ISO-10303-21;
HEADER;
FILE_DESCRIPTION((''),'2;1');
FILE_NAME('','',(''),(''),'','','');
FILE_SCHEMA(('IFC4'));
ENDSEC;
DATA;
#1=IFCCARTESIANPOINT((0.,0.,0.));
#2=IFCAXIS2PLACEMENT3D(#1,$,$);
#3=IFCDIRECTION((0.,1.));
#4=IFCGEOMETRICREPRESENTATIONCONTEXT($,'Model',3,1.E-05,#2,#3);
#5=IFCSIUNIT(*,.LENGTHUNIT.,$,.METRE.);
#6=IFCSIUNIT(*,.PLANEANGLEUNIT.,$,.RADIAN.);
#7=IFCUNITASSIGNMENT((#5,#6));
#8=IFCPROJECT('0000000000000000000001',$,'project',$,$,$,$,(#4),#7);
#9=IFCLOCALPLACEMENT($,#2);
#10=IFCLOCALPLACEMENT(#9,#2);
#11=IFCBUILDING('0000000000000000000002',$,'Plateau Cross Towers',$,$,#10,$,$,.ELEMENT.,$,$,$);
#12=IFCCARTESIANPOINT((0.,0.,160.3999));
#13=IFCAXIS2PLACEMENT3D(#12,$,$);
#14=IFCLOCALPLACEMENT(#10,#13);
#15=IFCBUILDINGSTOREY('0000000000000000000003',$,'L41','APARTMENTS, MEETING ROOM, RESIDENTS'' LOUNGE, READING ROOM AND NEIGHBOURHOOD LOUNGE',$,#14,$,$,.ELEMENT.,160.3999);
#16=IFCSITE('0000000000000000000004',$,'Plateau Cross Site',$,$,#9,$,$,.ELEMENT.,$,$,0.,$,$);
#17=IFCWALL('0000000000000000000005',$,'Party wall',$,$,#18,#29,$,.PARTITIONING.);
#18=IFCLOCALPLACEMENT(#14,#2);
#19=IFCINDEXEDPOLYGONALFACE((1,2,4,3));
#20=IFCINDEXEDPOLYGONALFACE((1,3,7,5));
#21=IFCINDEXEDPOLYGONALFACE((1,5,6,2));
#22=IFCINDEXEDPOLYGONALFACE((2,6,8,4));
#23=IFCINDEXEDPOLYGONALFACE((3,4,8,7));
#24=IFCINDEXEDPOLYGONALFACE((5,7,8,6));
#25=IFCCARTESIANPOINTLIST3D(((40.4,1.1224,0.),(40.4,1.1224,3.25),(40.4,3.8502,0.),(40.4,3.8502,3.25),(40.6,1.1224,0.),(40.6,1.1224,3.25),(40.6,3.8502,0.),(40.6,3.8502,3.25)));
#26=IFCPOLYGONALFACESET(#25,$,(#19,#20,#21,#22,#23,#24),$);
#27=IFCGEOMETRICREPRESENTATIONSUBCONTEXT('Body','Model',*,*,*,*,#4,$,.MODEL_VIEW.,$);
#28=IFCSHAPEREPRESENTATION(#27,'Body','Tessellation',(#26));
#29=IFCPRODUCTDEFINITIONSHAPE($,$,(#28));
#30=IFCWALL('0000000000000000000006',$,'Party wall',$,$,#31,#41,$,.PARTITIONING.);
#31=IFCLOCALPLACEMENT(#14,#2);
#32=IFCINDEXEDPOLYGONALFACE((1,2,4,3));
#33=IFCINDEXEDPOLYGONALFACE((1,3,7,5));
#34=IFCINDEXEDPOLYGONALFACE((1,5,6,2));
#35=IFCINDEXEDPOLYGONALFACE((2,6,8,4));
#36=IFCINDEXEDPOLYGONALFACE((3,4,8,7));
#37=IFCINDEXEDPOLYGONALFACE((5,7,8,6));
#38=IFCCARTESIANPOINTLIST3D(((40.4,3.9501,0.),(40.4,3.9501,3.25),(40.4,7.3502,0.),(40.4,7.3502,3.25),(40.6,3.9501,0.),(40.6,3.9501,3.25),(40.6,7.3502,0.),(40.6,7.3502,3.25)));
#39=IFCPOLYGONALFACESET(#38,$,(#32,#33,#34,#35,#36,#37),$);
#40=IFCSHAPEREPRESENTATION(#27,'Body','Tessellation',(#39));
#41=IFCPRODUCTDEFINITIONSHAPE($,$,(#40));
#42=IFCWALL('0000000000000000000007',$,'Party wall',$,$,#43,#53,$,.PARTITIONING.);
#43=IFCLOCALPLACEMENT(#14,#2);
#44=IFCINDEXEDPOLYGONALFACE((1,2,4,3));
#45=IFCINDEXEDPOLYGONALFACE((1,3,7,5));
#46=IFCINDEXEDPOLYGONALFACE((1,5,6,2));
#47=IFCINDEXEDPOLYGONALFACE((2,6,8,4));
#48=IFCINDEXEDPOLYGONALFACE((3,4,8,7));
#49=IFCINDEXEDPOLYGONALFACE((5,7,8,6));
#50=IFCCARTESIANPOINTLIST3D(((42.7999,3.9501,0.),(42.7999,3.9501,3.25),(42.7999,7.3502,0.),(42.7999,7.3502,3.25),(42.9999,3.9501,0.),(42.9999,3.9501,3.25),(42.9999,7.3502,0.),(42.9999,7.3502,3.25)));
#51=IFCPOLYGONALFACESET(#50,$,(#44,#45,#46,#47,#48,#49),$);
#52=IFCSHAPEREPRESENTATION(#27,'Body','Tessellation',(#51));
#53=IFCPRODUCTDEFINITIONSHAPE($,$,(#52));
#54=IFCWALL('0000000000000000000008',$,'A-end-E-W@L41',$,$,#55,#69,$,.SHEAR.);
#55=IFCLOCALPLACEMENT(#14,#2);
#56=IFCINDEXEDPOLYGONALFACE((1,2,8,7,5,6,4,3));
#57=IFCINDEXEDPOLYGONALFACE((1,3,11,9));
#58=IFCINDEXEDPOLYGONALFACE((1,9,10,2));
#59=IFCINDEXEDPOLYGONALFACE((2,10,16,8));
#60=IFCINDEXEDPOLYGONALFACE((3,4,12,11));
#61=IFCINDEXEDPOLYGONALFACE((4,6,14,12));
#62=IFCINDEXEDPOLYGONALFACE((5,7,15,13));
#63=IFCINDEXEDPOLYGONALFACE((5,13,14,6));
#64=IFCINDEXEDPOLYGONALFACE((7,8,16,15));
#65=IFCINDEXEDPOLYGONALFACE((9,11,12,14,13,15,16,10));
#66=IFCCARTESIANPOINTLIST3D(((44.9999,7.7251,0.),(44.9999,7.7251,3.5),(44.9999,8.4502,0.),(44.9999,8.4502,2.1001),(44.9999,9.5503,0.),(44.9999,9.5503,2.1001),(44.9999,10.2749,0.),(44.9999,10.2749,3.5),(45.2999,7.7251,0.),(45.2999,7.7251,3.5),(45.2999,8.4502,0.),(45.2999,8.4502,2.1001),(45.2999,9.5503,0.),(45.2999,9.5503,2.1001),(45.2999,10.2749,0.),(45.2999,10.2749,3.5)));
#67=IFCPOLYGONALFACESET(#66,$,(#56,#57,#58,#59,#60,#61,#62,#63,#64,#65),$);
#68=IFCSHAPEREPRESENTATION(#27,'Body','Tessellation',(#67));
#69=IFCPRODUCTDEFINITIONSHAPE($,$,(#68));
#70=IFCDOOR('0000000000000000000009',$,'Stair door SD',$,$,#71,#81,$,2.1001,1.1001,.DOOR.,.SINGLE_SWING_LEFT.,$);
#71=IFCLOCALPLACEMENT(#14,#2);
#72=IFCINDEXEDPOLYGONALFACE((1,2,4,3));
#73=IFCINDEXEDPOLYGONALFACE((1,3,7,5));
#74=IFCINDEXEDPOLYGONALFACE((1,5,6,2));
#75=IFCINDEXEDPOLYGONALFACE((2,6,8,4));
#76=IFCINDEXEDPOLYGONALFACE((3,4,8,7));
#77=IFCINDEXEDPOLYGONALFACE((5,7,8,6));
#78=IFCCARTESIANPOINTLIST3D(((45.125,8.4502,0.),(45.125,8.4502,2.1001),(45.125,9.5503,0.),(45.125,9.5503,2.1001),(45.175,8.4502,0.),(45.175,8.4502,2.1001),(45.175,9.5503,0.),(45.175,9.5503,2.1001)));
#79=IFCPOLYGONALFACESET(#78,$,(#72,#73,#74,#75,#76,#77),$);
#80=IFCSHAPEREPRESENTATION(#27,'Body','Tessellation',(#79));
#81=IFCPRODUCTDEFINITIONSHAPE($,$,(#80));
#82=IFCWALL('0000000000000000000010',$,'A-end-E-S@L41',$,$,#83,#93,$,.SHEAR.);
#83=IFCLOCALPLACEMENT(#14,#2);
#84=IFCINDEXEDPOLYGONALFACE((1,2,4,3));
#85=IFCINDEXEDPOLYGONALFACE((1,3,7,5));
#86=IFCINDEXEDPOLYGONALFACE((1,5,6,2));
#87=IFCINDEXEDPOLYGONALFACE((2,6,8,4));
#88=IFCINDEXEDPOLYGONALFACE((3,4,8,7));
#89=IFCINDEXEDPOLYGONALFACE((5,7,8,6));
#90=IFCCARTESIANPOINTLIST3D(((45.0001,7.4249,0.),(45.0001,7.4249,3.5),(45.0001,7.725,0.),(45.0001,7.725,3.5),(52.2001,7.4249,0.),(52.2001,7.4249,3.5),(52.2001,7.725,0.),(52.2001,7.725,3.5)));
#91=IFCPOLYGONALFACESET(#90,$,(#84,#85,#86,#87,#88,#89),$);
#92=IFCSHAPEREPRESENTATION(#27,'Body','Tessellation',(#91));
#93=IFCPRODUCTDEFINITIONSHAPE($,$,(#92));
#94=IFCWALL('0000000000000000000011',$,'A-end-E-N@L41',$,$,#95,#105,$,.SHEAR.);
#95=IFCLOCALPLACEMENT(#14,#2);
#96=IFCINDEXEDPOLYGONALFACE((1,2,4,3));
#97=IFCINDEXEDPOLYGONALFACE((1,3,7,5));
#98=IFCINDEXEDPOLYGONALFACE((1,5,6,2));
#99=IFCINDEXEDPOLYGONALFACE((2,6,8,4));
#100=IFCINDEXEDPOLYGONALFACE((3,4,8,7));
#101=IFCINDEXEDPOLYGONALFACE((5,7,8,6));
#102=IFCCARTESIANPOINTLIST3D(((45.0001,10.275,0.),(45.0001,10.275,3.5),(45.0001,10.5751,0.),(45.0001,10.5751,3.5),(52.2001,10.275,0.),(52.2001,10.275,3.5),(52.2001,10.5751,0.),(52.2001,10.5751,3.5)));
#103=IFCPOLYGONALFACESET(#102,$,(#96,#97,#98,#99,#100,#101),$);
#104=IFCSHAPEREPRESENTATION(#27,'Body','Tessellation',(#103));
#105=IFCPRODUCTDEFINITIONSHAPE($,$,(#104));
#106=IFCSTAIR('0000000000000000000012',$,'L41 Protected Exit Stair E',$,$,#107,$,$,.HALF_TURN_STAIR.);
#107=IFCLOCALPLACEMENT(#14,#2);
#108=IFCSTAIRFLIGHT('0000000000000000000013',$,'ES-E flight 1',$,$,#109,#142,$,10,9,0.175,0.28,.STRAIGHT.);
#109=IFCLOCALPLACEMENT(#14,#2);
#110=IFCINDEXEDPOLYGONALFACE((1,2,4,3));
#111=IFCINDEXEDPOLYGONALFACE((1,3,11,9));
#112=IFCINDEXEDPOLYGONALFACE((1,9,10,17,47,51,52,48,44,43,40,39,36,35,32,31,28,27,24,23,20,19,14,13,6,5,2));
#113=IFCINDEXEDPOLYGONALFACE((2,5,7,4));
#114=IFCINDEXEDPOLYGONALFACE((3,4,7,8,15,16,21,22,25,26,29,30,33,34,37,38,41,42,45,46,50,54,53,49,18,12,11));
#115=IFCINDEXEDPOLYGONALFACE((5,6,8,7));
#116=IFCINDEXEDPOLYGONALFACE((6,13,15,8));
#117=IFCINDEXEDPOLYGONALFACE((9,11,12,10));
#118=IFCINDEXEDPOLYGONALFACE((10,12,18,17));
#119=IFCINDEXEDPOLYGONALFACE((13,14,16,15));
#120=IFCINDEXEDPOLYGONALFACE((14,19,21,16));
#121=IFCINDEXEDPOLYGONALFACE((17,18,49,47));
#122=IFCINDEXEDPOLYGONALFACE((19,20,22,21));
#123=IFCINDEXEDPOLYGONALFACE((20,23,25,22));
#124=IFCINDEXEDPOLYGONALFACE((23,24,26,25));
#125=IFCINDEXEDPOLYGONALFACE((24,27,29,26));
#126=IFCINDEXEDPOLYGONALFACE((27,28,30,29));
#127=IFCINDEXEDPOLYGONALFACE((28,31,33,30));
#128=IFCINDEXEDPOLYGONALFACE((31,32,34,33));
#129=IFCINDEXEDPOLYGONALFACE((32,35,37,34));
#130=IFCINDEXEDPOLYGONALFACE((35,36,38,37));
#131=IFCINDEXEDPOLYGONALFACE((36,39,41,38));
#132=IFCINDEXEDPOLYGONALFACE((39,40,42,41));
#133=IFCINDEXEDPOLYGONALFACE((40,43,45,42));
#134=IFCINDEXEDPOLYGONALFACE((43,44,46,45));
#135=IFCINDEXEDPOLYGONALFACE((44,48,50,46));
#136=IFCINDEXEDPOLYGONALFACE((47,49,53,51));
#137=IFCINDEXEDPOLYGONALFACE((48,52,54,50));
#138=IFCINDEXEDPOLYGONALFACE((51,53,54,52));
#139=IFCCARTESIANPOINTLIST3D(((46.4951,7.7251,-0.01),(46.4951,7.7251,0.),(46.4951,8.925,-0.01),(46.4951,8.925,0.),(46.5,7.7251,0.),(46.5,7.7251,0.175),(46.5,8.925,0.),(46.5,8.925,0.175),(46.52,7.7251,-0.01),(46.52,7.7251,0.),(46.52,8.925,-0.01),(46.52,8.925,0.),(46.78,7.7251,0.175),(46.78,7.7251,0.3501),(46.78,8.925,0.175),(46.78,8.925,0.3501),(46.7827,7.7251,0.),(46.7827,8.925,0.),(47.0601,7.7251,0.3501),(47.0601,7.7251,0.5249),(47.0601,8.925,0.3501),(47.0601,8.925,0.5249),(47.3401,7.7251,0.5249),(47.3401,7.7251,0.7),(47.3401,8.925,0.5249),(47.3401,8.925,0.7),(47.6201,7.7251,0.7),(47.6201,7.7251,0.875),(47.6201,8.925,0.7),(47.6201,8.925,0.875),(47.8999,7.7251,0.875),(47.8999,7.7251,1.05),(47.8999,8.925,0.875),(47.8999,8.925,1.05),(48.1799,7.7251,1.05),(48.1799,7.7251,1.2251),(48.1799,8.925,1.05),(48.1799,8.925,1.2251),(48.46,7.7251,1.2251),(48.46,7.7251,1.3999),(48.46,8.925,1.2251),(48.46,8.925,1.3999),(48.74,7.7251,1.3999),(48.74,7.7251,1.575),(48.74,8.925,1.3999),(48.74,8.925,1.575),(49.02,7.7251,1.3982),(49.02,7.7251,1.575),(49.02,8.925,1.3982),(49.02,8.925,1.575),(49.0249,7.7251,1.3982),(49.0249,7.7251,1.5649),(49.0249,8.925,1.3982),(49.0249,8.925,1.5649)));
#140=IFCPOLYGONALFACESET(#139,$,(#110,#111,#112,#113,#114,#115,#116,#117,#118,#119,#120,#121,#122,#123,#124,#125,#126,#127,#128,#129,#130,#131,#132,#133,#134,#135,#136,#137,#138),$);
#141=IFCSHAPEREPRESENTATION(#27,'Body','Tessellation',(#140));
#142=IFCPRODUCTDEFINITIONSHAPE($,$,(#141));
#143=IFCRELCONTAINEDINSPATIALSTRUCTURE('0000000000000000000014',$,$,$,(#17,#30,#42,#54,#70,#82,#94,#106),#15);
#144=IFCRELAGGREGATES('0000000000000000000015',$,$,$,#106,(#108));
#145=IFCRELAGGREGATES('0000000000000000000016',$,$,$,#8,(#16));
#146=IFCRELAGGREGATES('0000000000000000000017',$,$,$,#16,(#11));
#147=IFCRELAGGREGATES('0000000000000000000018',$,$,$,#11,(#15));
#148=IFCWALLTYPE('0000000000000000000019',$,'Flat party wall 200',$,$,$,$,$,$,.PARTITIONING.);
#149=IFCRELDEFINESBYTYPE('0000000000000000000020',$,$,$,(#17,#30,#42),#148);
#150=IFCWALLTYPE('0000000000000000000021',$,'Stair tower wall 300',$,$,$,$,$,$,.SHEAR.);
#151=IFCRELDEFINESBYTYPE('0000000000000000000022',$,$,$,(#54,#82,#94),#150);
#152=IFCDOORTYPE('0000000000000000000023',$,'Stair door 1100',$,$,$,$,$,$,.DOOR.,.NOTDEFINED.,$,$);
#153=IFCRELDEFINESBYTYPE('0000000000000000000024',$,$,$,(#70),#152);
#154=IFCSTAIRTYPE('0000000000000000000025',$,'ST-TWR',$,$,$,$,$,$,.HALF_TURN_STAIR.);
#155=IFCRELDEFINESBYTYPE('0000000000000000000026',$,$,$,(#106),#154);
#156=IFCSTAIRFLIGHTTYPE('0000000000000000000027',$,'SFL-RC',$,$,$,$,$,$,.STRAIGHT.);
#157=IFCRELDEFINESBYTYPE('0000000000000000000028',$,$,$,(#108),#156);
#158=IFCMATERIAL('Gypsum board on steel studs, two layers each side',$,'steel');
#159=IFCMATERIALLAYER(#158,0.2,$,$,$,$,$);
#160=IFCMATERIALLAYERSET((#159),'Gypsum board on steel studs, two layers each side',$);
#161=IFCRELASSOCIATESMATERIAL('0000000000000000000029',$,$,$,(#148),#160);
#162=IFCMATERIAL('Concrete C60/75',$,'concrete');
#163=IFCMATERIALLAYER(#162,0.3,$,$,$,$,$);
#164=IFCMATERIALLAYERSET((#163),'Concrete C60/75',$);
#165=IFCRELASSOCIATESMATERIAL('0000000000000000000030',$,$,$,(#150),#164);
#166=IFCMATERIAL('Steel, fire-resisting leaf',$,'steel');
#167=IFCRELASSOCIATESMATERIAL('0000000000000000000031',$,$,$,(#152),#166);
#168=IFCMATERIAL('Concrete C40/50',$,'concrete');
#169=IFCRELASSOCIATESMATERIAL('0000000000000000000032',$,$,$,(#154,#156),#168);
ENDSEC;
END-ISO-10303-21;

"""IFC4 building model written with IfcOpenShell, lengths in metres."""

from ifc_helpers import new_model, si_unit, direction, frame, frame_2d, origin, place, context, subcontext, project, spatial, polyline, rectangle, outline, extrude, material, layer, layer_set, type_object, element, fill, aggregate, save


model = new_model("IFC4")

# Units and contexts
model_context = context("Model", 3, precision=1e-05, world=origin(), true_north=direction((0.0, 1.0)))
body_context = subcontext(model_context, "Body", "Model", "MODEL_VIEW")
ifc_project = project(units=[si_unit("LENGTHUNIT", "METRE"), si_unit("PLANEANGLEUNIT", "RADIAN")], contexts=[model_context])

# Site, building, storey
site_placement = place(None, origin())
site = spatial("IfcSite", under=ifc_project, at=site_placement, Name="Plateau Cross Site", CompositionType="ELEMENT", RefElevation=0.0)
building_placement = place(site_placement, origin())
building = spatial("IfcBuilding", under=site, at=building_placement, Name="Plateau Cross Towers", CompositionType="ELEMENT")
storey_placement = place(building_placement, frame((0.0, 0.0, 160.3999)))
storey = spatial("IfcBuildingStorey", under=building, at=storey_placement, Name="L41", Description="APARTMENTS, MEETING ROOM, RESIDENTS' LOUNGE, READING ROOM AND NEIGHBOURHOOD LOUNGE", CompositionType="ELEMENT", Elevation=160.3999)

# Walls
ifc_material_1 = material(Name="Gypsum board on steel studs, two layers each side", Category="steel")
ifc_layer_1 = layer(ifc_material_1, 0.2)
ifc_layer_set_1 = layer_set([ifc_layer_1], Name="Gypsum board on steel studs, two layers each side")
wall_type_1 = type_object("IfcWallType", Name="Flat party wall 200", PredefinedType="PARTITIONING", material=ifc_layer_set_1)
wall_1_placement = place(storey_placement, frame((40.5, 3.8501, 0.0), z_axis=(0.0, 0.0, 1.0), x_axis=(0.0, -1.0, 0.0)))
element("IfcWall", 1, at=wall_1_placement, inside=storey, type_object=wall_type_1, Name="Party wall", PredefinedType="PARTITIONING", context=body_context, shape_type="SweptSolid", body=[
    extrude(rectangle(XDim=2.7278, YDim=0.2, at=frame_2d((1.3638, 0.0))), origin(), (0.0, 0.0, 1.0), 3.25),
])
for number, where, z_axis, x_axis, name in (
    (2, (40.5, 3.95, 0.0), (0.0, 0.0, 1.0), (0.0, 1.0, 0.0), "Party wall"),
    (3, (42.8999, 3.95, 0.0), (0.0, 0.0, 1.0), (0.0, 1.0, 0.0), "Party wall"),
):
    element("IfcWall", number, at=place(storey_placement, frame(where, z_axis=z_axis, x_axis=x_axis)), inside=storey, type_object=wall_type_1, Name=name, PredefinedType="PARTITIONING", context=body_context, shape_type="SweptSolid", body=[
        extrude(rectangle(XDim=3.4001, YDim=0.2, at=frame_2d((1.7002, 0.0))), origin(), (0.0, 0.0, 1.0), 3.25),
    ])

# Wall, opening, door
ifc_material_2 = material(Name="Concrete C60/75", Category="concrete")
ifc_layer_2 = layer(ifc_material_2, 0.3)
ifc_layer_set_2 = layer_set([ifc_layer_2], Name="Concrete C60/75")
wall_type_2 = type_object("IfcWallType", Name="Stair tower wall 300", PredefinedType="SHEAR", material=ifc_layer_set_2)
wall_2_placement = place(storey_placement, frame((45.1499, 7.7251, 0.0), z_axis=(0.0, 0.0, 1.0), x_axis=(0.0, 1.0, 0.0)))
wall_2 = element("IfcWall", 4, at=wall_2_placement, inside=storey, type_object=wall_type_2, Name="A-end-E-W@L41", PredefinedType="SHEAR", context=body_context, shape_type="SweptSolid", body=[
    extrude(rectangle(XDim=2.5498, YDim=0.3, at=frame_2d((1.2749, 0.0))), origin(), (0.0, 0.0, 1.0), 3.5),
])
opening_1_placement = place(wall_2_placement, frame((0.7251, 0.0, 0.0)))
opening_1 = element("IfcOpeningElement", 5, at=opening_1_placement, cuts=wall_2, PredefinedType="OPENING", context=body_context, shape_type="SweptSolid", body=[
    extrude(rectangle(XDim=1.1001, YDim=2.1001, at=frame_2d((0.55, 1.05))), frame((0.0, 0.1599, 0.0), z_axis=(0.0, -1.0, 0.0), x_axis=(1.0, 0.0, 0.0)), (0.0, 0.0, 1.0), 0.3201),
])
ifc_material_3 = material(Name="Steel, fire-resisting leaf", Category="steel")
door_type_1 = type_object("IfcDoorType", Name="Stair door 1100", OperationType="NOTDEFINED", PredefinedType="DOOR", material=ifc_material_3)
door_1_placement = place(opening_1_placement, origin())
door_1 = element("IfcDoor", 6, at=door_1_placement, inside=storey, type_object=door_type_1, Name="Stair door SD", OperationType="SINGLE_SWING_LEFT", OverallHeight=2.1001, OverallWidth=1.1001, PredefinedType="DOOR", context=body_context, shape_type="SweptSolid", body=[
    extrude(rectangle(XDim=1.1001, YDim=2.1001, at=frame_2d((0.55, 1.05))), frame((0.0, 0.0249, 0.0), z_axis=(0.0, -1.0, 0.0), x_axis=(1.0, 0.0, 0.0)), (0.0, 0.0, 1.0), 0.05),
])
fill(opening_1, door_1)

# Walls
for number, where, z_axis, x_axis, name in (
    (7, (45.0, 7.575, 0.0), (0.0, 0.0, 1.0), (1.0, 0.0, 0.0), "A-end-E-S@L41"),
    (8, (45.0, 10.425, 0.0), (0.0, 0.0, 1.0), (1.0, 0.0, 0.0), "A-end-E-N@L41"),
):
    element("IfcWall", number, at=place(storey_placement, frame(where, z_axis=z_axis, x_axis=x_axis)), inside=storey, type_object=wall_type_2, Name=name, PredefinedType="SHEAR", context=body_context, shape_type="SweptSolid", body=[
        extrude(rectangle(XDim=7.2, YDim=0.3, at=frame_2d((3.6001, 0.0))), origin(), (0.0, 0.0, 1.0), 3.5),
    ])

# Stair, stair flight
ifc_material_4 = material(Name="Concrete C40/50", Category="concrete")
stair_type = type_object("IfcStairType", Name="ST-TWR", PredefinedType="HALF_TURN_STAIR", material=ifc_material_4)
stair_placement = place(storey_placement, origin())
stair = element("IfcStair", 9, at=stair_placement, inside=storey, type_object=stair_type, Name="L41 Protected Exit Stair E", PredefinedType="HALF_TURN_STAIR")
stair_flight_type = type_object("IfcStairFlightType", Name="SFL-RC", PredefinedType="STRAIGHT", material=ifc_material_4)
stair_flight_placement = place(storey_placement, frame((46.5, 8.325, 0.0), z_axis=(0.0, 0.0, 1.0), x_axis=(1.0, 0.0, 0.0)))
stair_flight = element("IfcStairFlight", 10, at=stair_flight_placement, type_object=stair_flight_type, Name="ES-E flight 1", NumberOfRisers=10, NumberOfTreads=9, PredefinedType="STRAIGHT", RiserHeight=0.175, TreadLength=0.28, context=body_context, shape_type="SweptSolid", body=[
    extrude(outline(polyline([(-0.0049, -0.01), (-0.0049, 0.0), (0.0, 0.0), (0.0, 0.175), (0.28, 0.175), (0.28, 0.3501), (0.5601, 0.3501), (0.5601, 0.5249), (0.8401, 0.5249), (0.8401, 0.7), (1.1201, 0.7), (1.1201, 0.875), (1.3999, 0.875), (1.3999, 1.05), (1.6799, 1.05), (1.6799, 1.2251), (1.96, 1.2251), (1.96, 1.3999), (2.24, 1.3999), (2.24, 1.575), (2.52, 1.575), (2.5249, 1.5649), (2.5249, 1.3982), (2.52, 1.3982), (0.2827, 0.0), (0.02, 0.0), (0.02, -0.01), (-0.0049, -0.01)])), frame((0.0, 0.6001, 0.0), z_axis=(0.0, -1.0, 0.0), x_axis=(1.0, 0.0, 0.0)), (0.0, 0.0, 1.0), 1.2),
])
aggregate(stair, [stair_flight])

save(model, "model.ifc")
